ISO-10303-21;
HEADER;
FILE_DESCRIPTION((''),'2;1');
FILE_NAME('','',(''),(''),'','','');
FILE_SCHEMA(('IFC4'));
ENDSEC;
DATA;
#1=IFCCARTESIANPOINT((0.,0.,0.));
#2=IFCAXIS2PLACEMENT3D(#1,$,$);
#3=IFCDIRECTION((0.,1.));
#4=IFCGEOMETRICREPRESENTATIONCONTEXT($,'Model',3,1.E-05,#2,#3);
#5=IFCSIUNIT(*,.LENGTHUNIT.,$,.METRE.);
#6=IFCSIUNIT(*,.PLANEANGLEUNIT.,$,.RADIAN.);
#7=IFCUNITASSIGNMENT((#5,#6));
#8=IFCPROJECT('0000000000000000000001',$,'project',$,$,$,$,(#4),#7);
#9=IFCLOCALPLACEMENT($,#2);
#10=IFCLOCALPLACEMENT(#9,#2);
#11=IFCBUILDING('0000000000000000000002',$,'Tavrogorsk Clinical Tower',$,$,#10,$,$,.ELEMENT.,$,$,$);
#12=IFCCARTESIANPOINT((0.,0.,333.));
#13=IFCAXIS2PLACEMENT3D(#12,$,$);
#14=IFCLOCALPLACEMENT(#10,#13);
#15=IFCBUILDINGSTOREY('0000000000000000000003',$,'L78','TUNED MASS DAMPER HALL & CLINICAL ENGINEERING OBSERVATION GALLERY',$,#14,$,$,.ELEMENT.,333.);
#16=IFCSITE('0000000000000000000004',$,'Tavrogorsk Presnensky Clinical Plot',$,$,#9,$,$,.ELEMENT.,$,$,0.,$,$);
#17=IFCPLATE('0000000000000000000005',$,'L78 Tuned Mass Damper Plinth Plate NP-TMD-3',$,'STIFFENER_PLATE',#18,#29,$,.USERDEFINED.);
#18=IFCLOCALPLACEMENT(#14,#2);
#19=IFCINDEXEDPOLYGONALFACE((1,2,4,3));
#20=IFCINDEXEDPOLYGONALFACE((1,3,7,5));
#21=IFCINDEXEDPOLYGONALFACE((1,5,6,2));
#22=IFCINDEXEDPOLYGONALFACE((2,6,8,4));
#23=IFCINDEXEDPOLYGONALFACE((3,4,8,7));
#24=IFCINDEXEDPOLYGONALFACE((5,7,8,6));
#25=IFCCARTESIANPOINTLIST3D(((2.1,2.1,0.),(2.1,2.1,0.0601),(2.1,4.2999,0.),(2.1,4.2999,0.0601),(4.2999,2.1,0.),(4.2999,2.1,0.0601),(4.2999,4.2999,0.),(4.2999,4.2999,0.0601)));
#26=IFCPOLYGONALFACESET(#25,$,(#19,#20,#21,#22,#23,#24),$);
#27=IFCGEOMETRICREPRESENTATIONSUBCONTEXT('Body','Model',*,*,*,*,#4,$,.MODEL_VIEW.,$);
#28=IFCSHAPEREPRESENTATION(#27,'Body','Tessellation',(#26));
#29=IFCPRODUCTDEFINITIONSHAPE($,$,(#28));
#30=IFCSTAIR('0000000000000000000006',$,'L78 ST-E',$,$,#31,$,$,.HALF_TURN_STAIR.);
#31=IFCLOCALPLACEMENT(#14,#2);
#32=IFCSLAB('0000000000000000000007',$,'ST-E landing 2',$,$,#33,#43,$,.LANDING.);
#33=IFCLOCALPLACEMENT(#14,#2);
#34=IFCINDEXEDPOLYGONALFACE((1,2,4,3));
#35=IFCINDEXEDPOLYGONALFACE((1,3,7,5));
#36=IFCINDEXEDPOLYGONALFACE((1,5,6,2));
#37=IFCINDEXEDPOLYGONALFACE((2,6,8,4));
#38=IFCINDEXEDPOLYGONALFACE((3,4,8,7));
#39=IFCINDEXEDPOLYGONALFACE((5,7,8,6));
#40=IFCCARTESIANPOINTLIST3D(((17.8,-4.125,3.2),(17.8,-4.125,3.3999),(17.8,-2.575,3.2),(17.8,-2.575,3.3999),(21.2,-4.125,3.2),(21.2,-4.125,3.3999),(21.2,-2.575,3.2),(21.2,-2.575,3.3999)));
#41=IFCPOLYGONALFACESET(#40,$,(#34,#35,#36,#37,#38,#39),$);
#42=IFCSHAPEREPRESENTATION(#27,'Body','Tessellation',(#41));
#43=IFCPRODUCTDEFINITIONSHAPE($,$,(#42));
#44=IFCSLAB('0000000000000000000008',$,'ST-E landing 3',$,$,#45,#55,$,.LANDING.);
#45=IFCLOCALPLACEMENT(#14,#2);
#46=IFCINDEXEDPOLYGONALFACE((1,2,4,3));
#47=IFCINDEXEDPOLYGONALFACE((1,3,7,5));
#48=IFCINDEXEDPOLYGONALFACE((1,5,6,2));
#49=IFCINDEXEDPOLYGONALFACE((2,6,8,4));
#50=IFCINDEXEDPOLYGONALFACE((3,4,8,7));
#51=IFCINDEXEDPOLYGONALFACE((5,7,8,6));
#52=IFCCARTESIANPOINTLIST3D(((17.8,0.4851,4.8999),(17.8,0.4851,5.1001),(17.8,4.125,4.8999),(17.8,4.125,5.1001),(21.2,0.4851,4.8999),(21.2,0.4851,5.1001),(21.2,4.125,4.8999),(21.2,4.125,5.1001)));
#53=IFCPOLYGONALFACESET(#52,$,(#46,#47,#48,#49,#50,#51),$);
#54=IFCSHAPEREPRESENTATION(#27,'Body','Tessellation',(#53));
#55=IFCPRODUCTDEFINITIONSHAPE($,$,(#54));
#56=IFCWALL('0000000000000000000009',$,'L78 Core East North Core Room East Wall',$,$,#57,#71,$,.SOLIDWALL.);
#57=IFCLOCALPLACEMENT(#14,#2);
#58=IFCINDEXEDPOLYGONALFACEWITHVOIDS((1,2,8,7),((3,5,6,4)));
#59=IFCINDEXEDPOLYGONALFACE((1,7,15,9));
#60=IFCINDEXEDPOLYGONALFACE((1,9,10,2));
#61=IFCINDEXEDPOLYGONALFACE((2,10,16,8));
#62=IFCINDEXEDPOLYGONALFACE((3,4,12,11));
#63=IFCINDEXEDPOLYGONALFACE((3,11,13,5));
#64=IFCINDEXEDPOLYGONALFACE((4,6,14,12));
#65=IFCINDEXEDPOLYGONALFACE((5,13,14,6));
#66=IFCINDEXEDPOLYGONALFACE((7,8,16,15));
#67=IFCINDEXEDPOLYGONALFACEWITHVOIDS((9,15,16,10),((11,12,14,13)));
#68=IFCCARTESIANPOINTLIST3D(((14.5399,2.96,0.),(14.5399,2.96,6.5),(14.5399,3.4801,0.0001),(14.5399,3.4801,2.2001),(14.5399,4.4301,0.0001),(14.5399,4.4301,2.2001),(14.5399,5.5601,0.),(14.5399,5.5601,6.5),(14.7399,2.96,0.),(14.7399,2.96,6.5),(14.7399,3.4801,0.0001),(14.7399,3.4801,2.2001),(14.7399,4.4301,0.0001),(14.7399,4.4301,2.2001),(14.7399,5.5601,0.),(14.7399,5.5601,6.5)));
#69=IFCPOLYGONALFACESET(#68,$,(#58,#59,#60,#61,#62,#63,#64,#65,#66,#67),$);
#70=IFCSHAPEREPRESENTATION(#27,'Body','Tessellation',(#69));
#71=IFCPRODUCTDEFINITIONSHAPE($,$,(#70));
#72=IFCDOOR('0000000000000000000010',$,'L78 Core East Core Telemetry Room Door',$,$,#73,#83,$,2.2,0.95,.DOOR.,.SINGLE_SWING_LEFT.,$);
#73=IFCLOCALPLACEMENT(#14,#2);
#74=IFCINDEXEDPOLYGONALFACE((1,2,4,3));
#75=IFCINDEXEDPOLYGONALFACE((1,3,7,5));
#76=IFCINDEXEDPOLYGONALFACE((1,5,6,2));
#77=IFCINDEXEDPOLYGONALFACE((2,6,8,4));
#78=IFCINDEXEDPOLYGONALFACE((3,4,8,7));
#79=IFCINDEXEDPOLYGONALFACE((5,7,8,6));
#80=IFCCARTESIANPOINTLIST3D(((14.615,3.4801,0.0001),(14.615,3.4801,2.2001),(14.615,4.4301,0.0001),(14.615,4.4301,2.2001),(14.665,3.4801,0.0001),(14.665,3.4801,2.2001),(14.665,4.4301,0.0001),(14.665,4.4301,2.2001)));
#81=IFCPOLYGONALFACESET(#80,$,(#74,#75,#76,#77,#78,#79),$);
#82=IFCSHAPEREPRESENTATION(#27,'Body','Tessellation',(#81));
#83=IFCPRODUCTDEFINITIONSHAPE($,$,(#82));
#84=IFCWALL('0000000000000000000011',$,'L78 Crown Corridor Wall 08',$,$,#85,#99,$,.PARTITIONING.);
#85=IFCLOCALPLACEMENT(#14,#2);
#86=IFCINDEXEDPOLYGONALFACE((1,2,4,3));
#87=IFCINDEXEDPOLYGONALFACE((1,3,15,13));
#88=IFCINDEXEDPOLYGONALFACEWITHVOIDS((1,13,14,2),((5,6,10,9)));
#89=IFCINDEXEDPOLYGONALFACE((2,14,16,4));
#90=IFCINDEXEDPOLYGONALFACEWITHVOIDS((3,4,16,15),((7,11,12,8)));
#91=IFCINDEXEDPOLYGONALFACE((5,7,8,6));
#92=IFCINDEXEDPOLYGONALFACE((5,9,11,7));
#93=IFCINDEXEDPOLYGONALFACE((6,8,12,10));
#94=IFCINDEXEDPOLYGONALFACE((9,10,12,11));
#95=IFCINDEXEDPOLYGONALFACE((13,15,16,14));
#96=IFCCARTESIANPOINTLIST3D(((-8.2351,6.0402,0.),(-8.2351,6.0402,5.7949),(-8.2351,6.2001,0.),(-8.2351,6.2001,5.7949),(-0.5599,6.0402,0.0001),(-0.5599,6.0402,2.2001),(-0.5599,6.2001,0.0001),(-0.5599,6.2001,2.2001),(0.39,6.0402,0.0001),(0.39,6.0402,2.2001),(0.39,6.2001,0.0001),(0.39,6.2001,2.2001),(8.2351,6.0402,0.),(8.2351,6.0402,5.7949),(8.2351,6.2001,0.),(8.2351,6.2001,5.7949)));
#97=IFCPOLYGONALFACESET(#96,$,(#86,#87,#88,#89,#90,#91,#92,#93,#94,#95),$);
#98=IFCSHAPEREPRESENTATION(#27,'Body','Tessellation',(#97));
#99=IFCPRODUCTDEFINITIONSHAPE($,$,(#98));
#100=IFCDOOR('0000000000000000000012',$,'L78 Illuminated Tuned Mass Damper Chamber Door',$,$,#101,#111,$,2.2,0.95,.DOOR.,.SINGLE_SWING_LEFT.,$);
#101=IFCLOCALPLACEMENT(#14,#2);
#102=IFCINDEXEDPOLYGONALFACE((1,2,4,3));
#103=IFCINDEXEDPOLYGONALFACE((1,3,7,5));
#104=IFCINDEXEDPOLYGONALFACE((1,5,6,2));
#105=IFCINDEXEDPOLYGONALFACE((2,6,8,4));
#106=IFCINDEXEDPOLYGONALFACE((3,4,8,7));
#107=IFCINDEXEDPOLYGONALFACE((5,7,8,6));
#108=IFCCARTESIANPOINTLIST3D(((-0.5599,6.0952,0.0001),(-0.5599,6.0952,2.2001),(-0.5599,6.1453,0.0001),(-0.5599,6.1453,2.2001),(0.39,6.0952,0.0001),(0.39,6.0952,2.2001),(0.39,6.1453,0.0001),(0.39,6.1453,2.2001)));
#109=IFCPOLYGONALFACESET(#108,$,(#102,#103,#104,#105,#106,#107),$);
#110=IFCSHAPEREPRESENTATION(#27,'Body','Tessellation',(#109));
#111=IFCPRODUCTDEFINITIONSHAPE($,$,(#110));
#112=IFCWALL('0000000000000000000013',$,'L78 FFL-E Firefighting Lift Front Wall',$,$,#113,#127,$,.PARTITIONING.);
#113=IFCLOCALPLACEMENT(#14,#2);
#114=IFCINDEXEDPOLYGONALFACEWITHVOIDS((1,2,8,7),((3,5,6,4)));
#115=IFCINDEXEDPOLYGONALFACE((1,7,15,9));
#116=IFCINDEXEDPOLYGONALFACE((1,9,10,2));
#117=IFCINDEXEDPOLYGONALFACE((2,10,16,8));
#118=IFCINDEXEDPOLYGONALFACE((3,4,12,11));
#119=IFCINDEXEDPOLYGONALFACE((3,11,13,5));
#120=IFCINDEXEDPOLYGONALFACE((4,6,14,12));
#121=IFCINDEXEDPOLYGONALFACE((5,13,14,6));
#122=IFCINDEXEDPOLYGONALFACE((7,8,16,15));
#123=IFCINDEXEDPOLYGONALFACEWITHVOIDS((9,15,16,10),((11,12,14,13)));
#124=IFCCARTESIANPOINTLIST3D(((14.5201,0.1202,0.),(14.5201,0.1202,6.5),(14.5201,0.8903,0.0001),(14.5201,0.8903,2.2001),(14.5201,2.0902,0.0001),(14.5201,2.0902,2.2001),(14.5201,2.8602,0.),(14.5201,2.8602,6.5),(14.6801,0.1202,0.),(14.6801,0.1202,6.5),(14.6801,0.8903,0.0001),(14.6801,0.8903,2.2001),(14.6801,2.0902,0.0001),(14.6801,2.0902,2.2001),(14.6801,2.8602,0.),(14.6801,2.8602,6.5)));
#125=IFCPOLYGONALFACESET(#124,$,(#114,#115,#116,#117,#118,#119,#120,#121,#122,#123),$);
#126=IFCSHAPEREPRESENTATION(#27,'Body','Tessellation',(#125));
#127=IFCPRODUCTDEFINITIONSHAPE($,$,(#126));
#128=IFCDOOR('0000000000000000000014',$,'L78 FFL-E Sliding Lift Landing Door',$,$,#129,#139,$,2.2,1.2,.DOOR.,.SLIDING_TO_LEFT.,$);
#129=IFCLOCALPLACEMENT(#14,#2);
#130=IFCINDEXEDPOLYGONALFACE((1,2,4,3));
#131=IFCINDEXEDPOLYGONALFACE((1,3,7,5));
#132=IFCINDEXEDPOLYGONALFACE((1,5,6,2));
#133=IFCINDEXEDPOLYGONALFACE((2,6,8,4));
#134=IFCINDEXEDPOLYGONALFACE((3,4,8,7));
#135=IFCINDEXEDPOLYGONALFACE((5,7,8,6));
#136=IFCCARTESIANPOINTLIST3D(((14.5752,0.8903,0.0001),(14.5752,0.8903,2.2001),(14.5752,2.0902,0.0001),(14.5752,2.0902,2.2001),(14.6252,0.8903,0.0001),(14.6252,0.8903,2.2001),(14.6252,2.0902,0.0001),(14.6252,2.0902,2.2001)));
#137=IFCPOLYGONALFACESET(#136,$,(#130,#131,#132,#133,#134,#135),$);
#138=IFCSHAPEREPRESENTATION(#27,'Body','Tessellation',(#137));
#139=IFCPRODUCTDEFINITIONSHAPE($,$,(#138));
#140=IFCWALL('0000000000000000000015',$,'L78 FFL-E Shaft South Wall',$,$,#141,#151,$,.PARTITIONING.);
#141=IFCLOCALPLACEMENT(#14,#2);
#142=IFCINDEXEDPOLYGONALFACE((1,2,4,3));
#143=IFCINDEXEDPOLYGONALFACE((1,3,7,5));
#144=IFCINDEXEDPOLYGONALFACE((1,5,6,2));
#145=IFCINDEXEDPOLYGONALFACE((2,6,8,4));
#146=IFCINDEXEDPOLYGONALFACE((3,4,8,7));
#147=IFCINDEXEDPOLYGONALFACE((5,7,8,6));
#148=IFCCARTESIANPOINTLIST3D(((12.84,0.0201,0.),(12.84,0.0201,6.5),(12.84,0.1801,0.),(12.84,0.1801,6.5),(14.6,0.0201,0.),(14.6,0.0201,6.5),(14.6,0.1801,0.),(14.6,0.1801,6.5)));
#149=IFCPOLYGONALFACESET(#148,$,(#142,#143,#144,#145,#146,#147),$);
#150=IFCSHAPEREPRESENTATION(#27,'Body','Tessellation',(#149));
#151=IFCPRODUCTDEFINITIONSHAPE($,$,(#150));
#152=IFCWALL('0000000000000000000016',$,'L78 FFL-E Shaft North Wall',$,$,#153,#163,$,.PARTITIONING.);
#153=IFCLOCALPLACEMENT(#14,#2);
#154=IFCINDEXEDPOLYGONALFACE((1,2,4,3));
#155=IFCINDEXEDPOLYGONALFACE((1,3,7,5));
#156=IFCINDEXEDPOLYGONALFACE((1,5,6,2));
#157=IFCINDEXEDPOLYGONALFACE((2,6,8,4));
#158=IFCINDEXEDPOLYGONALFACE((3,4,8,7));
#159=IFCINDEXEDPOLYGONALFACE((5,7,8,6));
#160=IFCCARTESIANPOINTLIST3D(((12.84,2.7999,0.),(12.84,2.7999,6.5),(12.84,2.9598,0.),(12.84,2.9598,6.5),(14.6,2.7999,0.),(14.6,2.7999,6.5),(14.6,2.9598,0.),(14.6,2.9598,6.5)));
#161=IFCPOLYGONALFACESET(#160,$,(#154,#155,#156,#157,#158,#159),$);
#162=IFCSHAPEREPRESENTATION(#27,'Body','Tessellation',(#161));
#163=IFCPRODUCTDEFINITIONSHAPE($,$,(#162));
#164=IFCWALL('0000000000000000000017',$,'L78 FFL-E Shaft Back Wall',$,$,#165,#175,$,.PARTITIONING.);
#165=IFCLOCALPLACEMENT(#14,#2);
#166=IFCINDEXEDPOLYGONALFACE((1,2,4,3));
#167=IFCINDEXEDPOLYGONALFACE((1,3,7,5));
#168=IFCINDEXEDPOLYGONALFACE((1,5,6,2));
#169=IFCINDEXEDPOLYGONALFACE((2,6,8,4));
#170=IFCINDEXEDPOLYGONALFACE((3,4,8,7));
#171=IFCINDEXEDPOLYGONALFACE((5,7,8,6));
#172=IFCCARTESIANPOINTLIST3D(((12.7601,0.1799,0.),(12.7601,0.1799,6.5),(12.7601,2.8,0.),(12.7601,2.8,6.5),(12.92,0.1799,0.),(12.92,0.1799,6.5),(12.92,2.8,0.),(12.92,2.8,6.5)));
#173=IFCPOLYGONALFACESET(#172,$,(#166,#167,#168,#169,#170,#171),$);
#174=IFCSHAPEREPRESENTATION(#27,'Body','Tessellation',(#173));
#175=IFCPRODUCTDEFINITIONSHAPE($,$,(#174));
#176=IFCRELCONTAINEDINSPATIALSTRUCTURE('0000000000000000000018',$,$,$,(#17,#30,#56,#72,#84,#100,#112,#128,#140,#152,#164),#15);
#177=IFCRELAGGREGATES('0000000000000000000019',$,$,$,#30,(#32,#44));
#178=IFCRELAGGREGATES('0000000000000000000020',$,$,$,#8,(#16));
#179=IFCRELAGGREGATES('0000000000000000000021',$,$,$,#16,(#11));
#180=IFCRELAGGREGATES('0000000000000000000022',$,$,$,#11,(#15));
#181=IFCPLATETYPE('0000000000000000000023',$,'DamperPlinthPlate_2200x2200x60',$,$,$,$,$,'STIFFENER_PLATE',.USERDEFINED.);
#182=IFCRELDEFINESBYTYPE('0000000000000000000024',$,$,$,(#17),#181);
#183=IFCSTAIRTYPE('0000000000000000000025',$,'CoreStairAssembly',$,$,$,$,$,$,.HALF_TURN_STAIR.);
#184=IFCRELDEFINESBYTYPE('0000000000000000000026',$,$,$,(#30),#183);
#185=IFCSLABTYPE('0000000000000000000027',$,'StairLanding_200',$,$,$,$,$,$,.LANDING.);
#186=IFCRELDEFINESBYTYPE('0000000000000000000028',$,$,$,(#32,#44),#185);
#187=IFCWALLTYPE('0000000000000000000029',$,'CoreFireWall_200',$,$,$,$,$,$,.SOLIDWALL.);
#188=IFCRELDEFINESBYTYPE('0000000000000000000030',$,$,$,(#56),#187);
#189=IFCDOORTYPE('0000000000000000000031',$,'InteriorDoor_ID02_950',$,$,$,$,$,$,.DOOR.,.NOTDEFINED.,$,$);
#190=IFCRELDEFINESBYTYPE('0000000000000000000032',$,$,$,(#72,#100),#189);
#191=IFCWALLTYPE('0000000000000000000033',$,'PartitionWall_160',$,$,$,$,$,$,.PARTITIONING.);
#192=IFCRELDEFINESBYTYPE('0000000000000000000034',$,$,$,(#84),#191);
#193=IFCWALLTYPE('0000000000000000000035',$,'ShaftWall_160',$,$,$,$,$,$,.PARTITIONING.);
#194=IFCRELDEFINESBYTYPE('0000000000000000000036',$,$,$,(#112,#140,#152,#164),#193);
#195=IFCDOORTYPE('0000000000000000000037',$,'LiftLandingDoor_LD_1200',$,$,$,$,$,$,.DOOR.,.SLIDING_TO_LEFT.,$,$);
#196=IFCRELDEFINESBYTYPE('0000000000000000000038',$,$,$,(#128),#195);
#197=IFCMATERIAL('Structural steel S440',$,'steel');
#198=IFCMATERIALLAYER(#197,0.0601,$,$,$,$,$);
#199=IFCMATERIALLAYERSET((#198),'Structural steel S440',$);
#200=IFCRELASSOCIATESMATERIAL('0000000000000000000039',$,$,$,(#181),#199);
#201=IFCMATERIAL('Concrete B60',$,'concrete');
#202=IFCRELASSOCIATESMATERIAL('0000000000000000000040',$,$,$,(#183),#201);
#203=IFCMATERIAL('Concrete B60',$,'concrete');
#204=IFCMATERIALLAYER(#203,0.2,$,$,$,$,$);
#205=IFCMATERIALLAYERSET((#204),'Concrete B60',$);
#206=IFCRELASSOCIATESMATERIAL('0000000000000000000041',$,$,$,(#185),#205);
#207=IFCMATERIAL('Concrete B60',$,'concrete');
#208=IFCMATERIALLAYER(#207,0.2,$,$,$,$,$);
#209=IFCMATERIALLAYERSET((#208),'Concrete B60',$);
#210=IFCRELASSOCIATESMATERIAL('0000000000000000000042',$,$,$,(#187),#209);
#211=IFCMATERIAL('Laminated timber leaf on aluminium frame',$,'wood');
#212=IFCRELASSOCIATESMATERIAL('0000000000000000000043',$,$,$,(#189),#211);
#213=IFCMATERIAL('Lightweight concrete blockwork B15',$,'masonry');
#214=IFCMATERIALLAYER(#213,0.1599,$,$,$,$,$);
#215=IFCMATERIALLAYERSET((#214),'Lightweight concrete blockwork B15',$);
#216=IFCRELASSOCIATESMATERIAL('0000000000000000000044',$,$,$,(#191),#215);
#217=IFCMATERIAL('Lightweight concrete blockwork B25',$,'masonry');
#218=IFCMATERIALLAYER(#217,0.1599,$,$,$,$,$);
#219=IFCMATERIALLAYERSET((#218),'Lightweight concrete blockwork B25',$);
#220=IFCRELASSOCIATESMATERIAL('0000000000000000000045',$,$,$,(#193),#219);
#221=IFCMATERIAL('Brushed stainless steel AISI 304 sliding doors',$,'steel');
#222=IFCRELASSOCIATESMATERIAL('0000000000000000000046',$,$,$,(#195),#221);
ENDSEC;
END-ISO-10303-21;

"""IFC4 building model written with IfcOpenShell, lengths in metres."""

from ifc_helpers import new_model, si_unit, direction, frame, frame_2d, origin, origin_2d, place, context, subcontext, project, spatial, polyline, rectangle, outline, extrude, material, layer, layer_set, type_object, element, fill, aggregate, save


model = new_model("IFC4")

# Units and contexts
model_context = context("Model", 3, precision=1e-05, world=origin(), true_north=direction((0.0, 1.0)))
body_context = subcontext(model_context, "Body", "Model", "MODEL_VIEW")
ifc_project = project(units=[si_unit("LENGTHUNIT", "METRE"), si_unit("PLANEANGLEUNIT", "RADIAN")], contexts=[model_context])

# Site, building, storey
site_placement = place(None, origin())
site = spatial("IfcSite", under=ifc_project, at=site_placement, Name="Tavrogorsk Presnensky Clinical Plot", CompositionType="ELEMENT", RefElevation=0.0)
building_placement = place(site_placement, origin())
building = spatial("IfcBuilding", under=site, at=building_placement, Name="Tavrogorsk Clinical Tower", CompositionType="ELEMENT")
storey_placement = place(building_placement, frame((0.0, 0.0, 333.0)))
storey = spatial("IfcBuildingStorey", under=building, at=storey_placement, Name="L78", Description="TUNED MASS DAMPER HALL & CLINICAL ENGINEERING OBSERVATION GALLERY", CompositionType="ELEMENT", Elevation=333.0)

# Plate
ifc_material_1 = material(Name="Structural steel S440", Category="steel")
ifc_layer_1 = layer(ifc_material_1, 0.0601)
ifc_layer_set_1 = layer_set([ifc_layer_1], Name="Structural steel S440")
plate_type = type_object("IfcPlateType", Name="DamperPlinthPlate_2200x2200x60", ElementType="STIFFENER_PLATE", PredefinedType="USERDEFINED", material=ifc_layer_set_1)
plate_placement = place(storey_placement, frame((3.2, 3.2, 0.0), z_axis=(0.0, 0.0, 1.0), x_axis=(1.0, 0.0, 0.0)))
element("IfcPlate", 1, at=plate_placement, inside=storey, type_object=plate_type, Name="L78 Tuned Mass Damper Plinth Plate NP-TMD-3", ObjectType="STIFFENER_PLATE", PredefinedType="USERDEFINED", context=body_context, shape_type="SweptSolid", body=[
    extrude(rectangle(XDim=2.2, YDim=2.2, at=origin_2d()), origin(), (0.0, 0.0, 1.0), 0.0601),
])

# Stair, slabs
ifc_material_2 = material(Name="Concrete B60", Category="concrete")
stair_type = type_object("IfcStairType", Name="CoreStairAssembly", PredefinedType="HALF_TURN_STAIR", material=ifc_material_2)
stair_placement = place(storey_placement, origin())
stair = element("IfcStair", 2, at=stair_placement, inside=storey, type_object=stair_type, Name="L78 ST-E", PredefinedType="HALF_TURN_STAIR")
ifc_material_3 = material(Name="Concrete B60", Category="concrete")
ifc_layer_2 = layer(ifc_material_3, 0.2)
ifc_layer_set_2 = layer_set([ifc_layer_2], Name="Concrete B60")
slab_type = type_object("IfcSlabType", Name="StairLanding_200", PredefinedType="LANDING", material=ifc_layer_set_2)
slab_1_placement = place(storey_placement, frame((0.0, 0.0, 3.2)))
slab_1 = element("IfcSlab", 3, at=slab_1_placement, type_object=slab_type, Name="ST-E landing 2", PredefinedType="LANDING", context=body_context, shape_type="SweptSolid", body=[
    extrude(outline(polyline([(21.2, -4.125), (21.2, -2.575), (17.8, -2.575), (17.8, -4.125), (21.2, -4.125)])), origin(), (0.0, 0.0, 1.0), 0.2),
])
slab_2_placement = place(storey_placement, frame((0.0, 0.0, 4.8999)))
slab_2 = element("IfcSlab", 4, at=slab_2_placement, type_object=slab_type, Name="ST-E landing 3", PredefinedType="LANDING", context=body_context, shape_type="SweptSolid", body=[
    extrude(outline(polyline([(21.2, 0.4851), (21.2, 4.125), (17.8, 4.125), (17.8, 0.4851), (21.2, 0.4851)])), origin(), (0.0, 0.0, 1.0), 0.2002),
])
aggregate(stair, [slab_1, slab_2])

# Walls, openings, doors
ifc_material_4 = material(Name="Concrete B60", Category="concrete")
ifc_layer_3 = layer(ifc_material_4, 0.2)
ifc_layer_set_3 = layer_set([ifc_layer_3], Name="Concrete B60")
wall_type_1 = type_object("IfcWallType", Name="CoreFireWall_200", PredefinedType="SOLIDWALL", material=ifc_layer_set_3)
wall_1_placement = place(storey_placement, frame((14.6399, 2.96, 0.0), z_axis=(0.0, 0.0, 1.0), x_axis=(0.0, 1.0, 0.0)))
wall_1 = element("IfcWall", 5, at=wall_1_placement, inside=storey, type_object=wall_type_1, Name="L78 Core East North Core Room East Wall", PredefinedType="SOLIDWALL", context=body_context, shape_type="SweptSolid", body=[
    extrude(rectangle(XDim=2.6001, YDim=0.2, at=frame_2d((1.3, 0.0))), origin(), (0.0, 0.0, 1.0), 6.5),
])
opening_1_placement = place(wall_1_placement, frame((0.52, 0.0, 0.0)))
opening_1 = element("IfcOpeningElement", 6, at=opening_1_placement, cuts=wall_1, PredefinedType="OPENING", context=body_context, shape_type="SweptSolid", body=[
    extrude(rectangle(XDim=0.95, YDim=2.2, at=frame_2d((0.4751, 1.1001))), frame((0.0, 0.1099, 0.0), z_axis=(0.0, -1.0, 0.0), x_axis=(1.0, 0.0, 0.0)), (0.0, 0.0, 1.0), 0.22),
])
ifc_material_5 = material(Name="Laminated timber leaf on aluminium frame", Category="wood")
door_type_1 = type_object("IfcDoorType", Name="InteriorDoor_ID02_950", OperationType="NOTDEFINED", PredefinedType="DOOR", material=ifc_material_5)
door_1_placement = place(opening_1_placement, origin())
door_1 = element("IfcDoor", 7, at=door_1_placement, inside=storey, type_object=door_type_1, Name="L78 Core East Core Telemetry Room Door", OperationType="SINGLE_SWING_LEFT", OverallHeight=2.2, OverallWidth=0.95, PredefinedType="DOOR", context=body_context, shape_type="SweptSolid", body=[
    extrude(rectangle(XDim=0.95, YDim=2.2, at=frame_2d((0.4751, 1.1001))), frame((0.0, 0.0249, 0.0), z_axis=(0.0, -1.0, 0.0), x_axis=(1.0, 0.0, 0.0)), (0.0, 0.0, 1.0), 0.05),
])
fill(opening_1, door_1)
ifc_material_6 = material(Name="Lightweight concrete blockwork B15", Category="masonry")
ifc_layer_4 = layer(ifc_material_6, 0.1599)
ifc_layer_set_4 = layer_set([ifc_layer_4], Name="Lightweight concrete blockwork B15")
wall_type_2 = type_object("IfcWallType", Name="PartitionWall_160", PredefinedType="PARTITIONING", material=ifc_layer_set_4)
wall_2_placement = place(storey_placement, frame((8.2351, 6.1201, 0.0), z_axis=(0.0, 0.0, 1.0), x_axis=(-1.0, 0.0, 0.0)))
wall_2 = element("IfcWall", 8, at=wall_2_placement, inside=storey, type_object=wall_type_2, Name="L78 Crown Corridor Wall 08", PredefinedType="PARTITIONING", context=body_context, shape_type="SweptSolid", body=[
    extrude(rectangle(XDim=16.4702, YDim=0.1599, at=frame_2d((8.2351, 0.0))), origin(), (0.0, 0.0, 1.0), 5.7949),
])
opening_2_placement = place(wall_2_placement, frame((7.845, 0.0, 0.0)))
opening_2 = element("IfcOpeningElement", 9, at=opening_2_placement, cuts=wall_2, PredefinedType="OPENING", context=body_context, shape_type="SweptSolid", body=[
    extrude(rectangle(XDim=0.95, YDim=2.2, at=frame_2d((0.4751, 1.1001))), frame((0.0, 0.0898, 0.0), z_axis=(0.0, -1.0, 0.0), x_axis=(1.0, 0.0, 0.0)), (0.0, 0.0, 1.0), 0.1799),
])
door_2_placement = place(opening_2_placement, origin())
door_2 = element("IfcDoor", 10, at=door_2_placement, inside=storey, type_object=door_type_1, Name="L78 Illuminated Tuned Mass Damper Chamber Door", OperationType="SINGLE_SWING_LEFT", OverallHeight=2.2, OverallWidth=0.95, PredefinedType="DOOR", context=body_context, shape_type="SweptSolid", body=[
    extrude(rectangle(XDim=0.95, YDim=2.2, at=frame_2d((0.4751, 1.1001))), frame((0.0, 0.0249, 0.0), z_axis=(0.0, -1.0, 0.0), x_axis=(1.0, 0.0, 0.0)), (0.0, 0.0, 1.0), 0.05),
])
fill(opening_2, door_2)
ifc_material_7 = material(Name="Lightweight concrete blockwork B25", Category="masonry")
ifc_layer_5 = layer(ifc_material_7, 0.1599)
ifc_layer_set_5 = layer_set([ifc_layer_5], Name="Lightweight concrete blockwork B25")
wall_type_3 = type_object("IfcWallType", Name="ShaftWall_160", PredefinedType="PARTITIONING", material=ifc_layer_set_5)
wall_3_placement = place(storey_placement, frame((14.6001, 0.1201, 0.0), z_axis=(0.0, 0.0, 1.0), x_axis=(0.0, 1.0, 0.0)))
wall_3 = element("IfcWall", 11, at=wall_3_placement, inside=storey, type_object=wall_type_3, Name="L78 FFL-E Firefighting Lift Front Wall", PredefinedType="PARTITIONING", context=body_context, shape_type="SweptSolid", body=[
    extrude(rectangle(XDim=2.74, YDim=0.1599, at=frame_2d((1.3701, 0.0))), origin(), (0.0, 0.0, 1.0), 6.5),
])
opening_3_placement = place(wall_3_placement, frame((0.77, 0.0, 0.0)))
opening_3 = element("IfcOpeningElement", 12, at=opening_3_placement, cuts=wall_3, PredefinedType="OPENING", context=body_context, shape_type="SweptSolid", body=[
    extrude(rectangle(XDim=1.2, YDim=2.2, at=frame_2d((0.6001, 1.1001))), frame((0.0, 0.0898, 0.0), z_axis=(0.0, -1.0, 0.0), x_axis=(1.0, 0.0, 0.0)), (0.0, 0.0, 1.0), 0.1799),
])
ifc_material_8 = material(Name="Brushed stainless steel AISI 304 sliding doors", Category="steel")
door_type_2 = type_object("IfcDoorType", Name="LiftLandingDoor_LD_1200", OperationType="SLIDING_TO_LEFT", PredefinedType="DOOR", material=ifc_material_8)
door_3_placement = place(opening_3_placement, origin())
door_3 = element("IfcDoor", 13, at=door_3_placement, inside=storey, type_object=door_type_2, Name="L78 FFL-E Sliding Lift Landing Door", OperationType="SLIDING_TO_LEFT", OverallHeight=2.2, OverallWidth=1.2, PredefinedType="DOOR", context=body_context, shape_type="SweptSolid", body=[
    extrude(rectangle(XDim=1.2, YDim=2.2, at=frame_2d((0.6001, 1.1001))), frame((0.0, 0.0249, 0.0), z_axis=(0.0, -1.0, 0.0), x_axis=(1.0, 0.0, 0.0)), (0.0, 0.0, 1.0), 0.05),
])
fill(opening_3, door_3)

# Walls
for number, where, z_axis, x_axis, name in (
    (14, (12.8401, 0.1001, 0.0), (0.0, 0.0, 1.0), (1.0, 0.0, 0.0), "L78 FFL-E Shaft South Wall"),
    (15, (12.8401, 2.8799, 0.0), (0.0, 0.0, 1.0), (1.0, 0.0, 0.0), "L78 FFL-E Shaft North Wall"),
):
    element("IfcWall", number, at=place(storey_placement, frame(where, z_axis=z_axis, x_axis=x_axis)), inside=storey, type_object=wall_type_3, Name=name, PredefinedType="PARTITIONING", context=body_context, shape_type="SweptSolid", body=[
        extrude(rectangle(XDim=1.76, YDim=0.1599, at=frame_2d((0.8799, 0.0))), origin(), (0.0, 0.0, 1.0), 6.5),
    ])
wall_4_placement = place(storey_placement, frame((12.8401, 0.1799, 0.0), z_axis=(0.0, 0.0, 1.0), x_axis=(0.0, 1.0, 0.0)))
element("IfcWall", 16, at=wall_4_placement, inside=storey, type_object=wall_type_3, Name="L78 FFL-E Shaft Back Wall", PredefinedType="PARTITIONING", context=body_context, shape_type="SweptSolid", body=[
    extrude(rectangle(XDim=2.6201, YDim=0.1599, at=frame_2d((1.3101, 0.0))), origin(), (0.0, 0.0, 1.0), 6.5),
])

save(model, "model.ifc")
